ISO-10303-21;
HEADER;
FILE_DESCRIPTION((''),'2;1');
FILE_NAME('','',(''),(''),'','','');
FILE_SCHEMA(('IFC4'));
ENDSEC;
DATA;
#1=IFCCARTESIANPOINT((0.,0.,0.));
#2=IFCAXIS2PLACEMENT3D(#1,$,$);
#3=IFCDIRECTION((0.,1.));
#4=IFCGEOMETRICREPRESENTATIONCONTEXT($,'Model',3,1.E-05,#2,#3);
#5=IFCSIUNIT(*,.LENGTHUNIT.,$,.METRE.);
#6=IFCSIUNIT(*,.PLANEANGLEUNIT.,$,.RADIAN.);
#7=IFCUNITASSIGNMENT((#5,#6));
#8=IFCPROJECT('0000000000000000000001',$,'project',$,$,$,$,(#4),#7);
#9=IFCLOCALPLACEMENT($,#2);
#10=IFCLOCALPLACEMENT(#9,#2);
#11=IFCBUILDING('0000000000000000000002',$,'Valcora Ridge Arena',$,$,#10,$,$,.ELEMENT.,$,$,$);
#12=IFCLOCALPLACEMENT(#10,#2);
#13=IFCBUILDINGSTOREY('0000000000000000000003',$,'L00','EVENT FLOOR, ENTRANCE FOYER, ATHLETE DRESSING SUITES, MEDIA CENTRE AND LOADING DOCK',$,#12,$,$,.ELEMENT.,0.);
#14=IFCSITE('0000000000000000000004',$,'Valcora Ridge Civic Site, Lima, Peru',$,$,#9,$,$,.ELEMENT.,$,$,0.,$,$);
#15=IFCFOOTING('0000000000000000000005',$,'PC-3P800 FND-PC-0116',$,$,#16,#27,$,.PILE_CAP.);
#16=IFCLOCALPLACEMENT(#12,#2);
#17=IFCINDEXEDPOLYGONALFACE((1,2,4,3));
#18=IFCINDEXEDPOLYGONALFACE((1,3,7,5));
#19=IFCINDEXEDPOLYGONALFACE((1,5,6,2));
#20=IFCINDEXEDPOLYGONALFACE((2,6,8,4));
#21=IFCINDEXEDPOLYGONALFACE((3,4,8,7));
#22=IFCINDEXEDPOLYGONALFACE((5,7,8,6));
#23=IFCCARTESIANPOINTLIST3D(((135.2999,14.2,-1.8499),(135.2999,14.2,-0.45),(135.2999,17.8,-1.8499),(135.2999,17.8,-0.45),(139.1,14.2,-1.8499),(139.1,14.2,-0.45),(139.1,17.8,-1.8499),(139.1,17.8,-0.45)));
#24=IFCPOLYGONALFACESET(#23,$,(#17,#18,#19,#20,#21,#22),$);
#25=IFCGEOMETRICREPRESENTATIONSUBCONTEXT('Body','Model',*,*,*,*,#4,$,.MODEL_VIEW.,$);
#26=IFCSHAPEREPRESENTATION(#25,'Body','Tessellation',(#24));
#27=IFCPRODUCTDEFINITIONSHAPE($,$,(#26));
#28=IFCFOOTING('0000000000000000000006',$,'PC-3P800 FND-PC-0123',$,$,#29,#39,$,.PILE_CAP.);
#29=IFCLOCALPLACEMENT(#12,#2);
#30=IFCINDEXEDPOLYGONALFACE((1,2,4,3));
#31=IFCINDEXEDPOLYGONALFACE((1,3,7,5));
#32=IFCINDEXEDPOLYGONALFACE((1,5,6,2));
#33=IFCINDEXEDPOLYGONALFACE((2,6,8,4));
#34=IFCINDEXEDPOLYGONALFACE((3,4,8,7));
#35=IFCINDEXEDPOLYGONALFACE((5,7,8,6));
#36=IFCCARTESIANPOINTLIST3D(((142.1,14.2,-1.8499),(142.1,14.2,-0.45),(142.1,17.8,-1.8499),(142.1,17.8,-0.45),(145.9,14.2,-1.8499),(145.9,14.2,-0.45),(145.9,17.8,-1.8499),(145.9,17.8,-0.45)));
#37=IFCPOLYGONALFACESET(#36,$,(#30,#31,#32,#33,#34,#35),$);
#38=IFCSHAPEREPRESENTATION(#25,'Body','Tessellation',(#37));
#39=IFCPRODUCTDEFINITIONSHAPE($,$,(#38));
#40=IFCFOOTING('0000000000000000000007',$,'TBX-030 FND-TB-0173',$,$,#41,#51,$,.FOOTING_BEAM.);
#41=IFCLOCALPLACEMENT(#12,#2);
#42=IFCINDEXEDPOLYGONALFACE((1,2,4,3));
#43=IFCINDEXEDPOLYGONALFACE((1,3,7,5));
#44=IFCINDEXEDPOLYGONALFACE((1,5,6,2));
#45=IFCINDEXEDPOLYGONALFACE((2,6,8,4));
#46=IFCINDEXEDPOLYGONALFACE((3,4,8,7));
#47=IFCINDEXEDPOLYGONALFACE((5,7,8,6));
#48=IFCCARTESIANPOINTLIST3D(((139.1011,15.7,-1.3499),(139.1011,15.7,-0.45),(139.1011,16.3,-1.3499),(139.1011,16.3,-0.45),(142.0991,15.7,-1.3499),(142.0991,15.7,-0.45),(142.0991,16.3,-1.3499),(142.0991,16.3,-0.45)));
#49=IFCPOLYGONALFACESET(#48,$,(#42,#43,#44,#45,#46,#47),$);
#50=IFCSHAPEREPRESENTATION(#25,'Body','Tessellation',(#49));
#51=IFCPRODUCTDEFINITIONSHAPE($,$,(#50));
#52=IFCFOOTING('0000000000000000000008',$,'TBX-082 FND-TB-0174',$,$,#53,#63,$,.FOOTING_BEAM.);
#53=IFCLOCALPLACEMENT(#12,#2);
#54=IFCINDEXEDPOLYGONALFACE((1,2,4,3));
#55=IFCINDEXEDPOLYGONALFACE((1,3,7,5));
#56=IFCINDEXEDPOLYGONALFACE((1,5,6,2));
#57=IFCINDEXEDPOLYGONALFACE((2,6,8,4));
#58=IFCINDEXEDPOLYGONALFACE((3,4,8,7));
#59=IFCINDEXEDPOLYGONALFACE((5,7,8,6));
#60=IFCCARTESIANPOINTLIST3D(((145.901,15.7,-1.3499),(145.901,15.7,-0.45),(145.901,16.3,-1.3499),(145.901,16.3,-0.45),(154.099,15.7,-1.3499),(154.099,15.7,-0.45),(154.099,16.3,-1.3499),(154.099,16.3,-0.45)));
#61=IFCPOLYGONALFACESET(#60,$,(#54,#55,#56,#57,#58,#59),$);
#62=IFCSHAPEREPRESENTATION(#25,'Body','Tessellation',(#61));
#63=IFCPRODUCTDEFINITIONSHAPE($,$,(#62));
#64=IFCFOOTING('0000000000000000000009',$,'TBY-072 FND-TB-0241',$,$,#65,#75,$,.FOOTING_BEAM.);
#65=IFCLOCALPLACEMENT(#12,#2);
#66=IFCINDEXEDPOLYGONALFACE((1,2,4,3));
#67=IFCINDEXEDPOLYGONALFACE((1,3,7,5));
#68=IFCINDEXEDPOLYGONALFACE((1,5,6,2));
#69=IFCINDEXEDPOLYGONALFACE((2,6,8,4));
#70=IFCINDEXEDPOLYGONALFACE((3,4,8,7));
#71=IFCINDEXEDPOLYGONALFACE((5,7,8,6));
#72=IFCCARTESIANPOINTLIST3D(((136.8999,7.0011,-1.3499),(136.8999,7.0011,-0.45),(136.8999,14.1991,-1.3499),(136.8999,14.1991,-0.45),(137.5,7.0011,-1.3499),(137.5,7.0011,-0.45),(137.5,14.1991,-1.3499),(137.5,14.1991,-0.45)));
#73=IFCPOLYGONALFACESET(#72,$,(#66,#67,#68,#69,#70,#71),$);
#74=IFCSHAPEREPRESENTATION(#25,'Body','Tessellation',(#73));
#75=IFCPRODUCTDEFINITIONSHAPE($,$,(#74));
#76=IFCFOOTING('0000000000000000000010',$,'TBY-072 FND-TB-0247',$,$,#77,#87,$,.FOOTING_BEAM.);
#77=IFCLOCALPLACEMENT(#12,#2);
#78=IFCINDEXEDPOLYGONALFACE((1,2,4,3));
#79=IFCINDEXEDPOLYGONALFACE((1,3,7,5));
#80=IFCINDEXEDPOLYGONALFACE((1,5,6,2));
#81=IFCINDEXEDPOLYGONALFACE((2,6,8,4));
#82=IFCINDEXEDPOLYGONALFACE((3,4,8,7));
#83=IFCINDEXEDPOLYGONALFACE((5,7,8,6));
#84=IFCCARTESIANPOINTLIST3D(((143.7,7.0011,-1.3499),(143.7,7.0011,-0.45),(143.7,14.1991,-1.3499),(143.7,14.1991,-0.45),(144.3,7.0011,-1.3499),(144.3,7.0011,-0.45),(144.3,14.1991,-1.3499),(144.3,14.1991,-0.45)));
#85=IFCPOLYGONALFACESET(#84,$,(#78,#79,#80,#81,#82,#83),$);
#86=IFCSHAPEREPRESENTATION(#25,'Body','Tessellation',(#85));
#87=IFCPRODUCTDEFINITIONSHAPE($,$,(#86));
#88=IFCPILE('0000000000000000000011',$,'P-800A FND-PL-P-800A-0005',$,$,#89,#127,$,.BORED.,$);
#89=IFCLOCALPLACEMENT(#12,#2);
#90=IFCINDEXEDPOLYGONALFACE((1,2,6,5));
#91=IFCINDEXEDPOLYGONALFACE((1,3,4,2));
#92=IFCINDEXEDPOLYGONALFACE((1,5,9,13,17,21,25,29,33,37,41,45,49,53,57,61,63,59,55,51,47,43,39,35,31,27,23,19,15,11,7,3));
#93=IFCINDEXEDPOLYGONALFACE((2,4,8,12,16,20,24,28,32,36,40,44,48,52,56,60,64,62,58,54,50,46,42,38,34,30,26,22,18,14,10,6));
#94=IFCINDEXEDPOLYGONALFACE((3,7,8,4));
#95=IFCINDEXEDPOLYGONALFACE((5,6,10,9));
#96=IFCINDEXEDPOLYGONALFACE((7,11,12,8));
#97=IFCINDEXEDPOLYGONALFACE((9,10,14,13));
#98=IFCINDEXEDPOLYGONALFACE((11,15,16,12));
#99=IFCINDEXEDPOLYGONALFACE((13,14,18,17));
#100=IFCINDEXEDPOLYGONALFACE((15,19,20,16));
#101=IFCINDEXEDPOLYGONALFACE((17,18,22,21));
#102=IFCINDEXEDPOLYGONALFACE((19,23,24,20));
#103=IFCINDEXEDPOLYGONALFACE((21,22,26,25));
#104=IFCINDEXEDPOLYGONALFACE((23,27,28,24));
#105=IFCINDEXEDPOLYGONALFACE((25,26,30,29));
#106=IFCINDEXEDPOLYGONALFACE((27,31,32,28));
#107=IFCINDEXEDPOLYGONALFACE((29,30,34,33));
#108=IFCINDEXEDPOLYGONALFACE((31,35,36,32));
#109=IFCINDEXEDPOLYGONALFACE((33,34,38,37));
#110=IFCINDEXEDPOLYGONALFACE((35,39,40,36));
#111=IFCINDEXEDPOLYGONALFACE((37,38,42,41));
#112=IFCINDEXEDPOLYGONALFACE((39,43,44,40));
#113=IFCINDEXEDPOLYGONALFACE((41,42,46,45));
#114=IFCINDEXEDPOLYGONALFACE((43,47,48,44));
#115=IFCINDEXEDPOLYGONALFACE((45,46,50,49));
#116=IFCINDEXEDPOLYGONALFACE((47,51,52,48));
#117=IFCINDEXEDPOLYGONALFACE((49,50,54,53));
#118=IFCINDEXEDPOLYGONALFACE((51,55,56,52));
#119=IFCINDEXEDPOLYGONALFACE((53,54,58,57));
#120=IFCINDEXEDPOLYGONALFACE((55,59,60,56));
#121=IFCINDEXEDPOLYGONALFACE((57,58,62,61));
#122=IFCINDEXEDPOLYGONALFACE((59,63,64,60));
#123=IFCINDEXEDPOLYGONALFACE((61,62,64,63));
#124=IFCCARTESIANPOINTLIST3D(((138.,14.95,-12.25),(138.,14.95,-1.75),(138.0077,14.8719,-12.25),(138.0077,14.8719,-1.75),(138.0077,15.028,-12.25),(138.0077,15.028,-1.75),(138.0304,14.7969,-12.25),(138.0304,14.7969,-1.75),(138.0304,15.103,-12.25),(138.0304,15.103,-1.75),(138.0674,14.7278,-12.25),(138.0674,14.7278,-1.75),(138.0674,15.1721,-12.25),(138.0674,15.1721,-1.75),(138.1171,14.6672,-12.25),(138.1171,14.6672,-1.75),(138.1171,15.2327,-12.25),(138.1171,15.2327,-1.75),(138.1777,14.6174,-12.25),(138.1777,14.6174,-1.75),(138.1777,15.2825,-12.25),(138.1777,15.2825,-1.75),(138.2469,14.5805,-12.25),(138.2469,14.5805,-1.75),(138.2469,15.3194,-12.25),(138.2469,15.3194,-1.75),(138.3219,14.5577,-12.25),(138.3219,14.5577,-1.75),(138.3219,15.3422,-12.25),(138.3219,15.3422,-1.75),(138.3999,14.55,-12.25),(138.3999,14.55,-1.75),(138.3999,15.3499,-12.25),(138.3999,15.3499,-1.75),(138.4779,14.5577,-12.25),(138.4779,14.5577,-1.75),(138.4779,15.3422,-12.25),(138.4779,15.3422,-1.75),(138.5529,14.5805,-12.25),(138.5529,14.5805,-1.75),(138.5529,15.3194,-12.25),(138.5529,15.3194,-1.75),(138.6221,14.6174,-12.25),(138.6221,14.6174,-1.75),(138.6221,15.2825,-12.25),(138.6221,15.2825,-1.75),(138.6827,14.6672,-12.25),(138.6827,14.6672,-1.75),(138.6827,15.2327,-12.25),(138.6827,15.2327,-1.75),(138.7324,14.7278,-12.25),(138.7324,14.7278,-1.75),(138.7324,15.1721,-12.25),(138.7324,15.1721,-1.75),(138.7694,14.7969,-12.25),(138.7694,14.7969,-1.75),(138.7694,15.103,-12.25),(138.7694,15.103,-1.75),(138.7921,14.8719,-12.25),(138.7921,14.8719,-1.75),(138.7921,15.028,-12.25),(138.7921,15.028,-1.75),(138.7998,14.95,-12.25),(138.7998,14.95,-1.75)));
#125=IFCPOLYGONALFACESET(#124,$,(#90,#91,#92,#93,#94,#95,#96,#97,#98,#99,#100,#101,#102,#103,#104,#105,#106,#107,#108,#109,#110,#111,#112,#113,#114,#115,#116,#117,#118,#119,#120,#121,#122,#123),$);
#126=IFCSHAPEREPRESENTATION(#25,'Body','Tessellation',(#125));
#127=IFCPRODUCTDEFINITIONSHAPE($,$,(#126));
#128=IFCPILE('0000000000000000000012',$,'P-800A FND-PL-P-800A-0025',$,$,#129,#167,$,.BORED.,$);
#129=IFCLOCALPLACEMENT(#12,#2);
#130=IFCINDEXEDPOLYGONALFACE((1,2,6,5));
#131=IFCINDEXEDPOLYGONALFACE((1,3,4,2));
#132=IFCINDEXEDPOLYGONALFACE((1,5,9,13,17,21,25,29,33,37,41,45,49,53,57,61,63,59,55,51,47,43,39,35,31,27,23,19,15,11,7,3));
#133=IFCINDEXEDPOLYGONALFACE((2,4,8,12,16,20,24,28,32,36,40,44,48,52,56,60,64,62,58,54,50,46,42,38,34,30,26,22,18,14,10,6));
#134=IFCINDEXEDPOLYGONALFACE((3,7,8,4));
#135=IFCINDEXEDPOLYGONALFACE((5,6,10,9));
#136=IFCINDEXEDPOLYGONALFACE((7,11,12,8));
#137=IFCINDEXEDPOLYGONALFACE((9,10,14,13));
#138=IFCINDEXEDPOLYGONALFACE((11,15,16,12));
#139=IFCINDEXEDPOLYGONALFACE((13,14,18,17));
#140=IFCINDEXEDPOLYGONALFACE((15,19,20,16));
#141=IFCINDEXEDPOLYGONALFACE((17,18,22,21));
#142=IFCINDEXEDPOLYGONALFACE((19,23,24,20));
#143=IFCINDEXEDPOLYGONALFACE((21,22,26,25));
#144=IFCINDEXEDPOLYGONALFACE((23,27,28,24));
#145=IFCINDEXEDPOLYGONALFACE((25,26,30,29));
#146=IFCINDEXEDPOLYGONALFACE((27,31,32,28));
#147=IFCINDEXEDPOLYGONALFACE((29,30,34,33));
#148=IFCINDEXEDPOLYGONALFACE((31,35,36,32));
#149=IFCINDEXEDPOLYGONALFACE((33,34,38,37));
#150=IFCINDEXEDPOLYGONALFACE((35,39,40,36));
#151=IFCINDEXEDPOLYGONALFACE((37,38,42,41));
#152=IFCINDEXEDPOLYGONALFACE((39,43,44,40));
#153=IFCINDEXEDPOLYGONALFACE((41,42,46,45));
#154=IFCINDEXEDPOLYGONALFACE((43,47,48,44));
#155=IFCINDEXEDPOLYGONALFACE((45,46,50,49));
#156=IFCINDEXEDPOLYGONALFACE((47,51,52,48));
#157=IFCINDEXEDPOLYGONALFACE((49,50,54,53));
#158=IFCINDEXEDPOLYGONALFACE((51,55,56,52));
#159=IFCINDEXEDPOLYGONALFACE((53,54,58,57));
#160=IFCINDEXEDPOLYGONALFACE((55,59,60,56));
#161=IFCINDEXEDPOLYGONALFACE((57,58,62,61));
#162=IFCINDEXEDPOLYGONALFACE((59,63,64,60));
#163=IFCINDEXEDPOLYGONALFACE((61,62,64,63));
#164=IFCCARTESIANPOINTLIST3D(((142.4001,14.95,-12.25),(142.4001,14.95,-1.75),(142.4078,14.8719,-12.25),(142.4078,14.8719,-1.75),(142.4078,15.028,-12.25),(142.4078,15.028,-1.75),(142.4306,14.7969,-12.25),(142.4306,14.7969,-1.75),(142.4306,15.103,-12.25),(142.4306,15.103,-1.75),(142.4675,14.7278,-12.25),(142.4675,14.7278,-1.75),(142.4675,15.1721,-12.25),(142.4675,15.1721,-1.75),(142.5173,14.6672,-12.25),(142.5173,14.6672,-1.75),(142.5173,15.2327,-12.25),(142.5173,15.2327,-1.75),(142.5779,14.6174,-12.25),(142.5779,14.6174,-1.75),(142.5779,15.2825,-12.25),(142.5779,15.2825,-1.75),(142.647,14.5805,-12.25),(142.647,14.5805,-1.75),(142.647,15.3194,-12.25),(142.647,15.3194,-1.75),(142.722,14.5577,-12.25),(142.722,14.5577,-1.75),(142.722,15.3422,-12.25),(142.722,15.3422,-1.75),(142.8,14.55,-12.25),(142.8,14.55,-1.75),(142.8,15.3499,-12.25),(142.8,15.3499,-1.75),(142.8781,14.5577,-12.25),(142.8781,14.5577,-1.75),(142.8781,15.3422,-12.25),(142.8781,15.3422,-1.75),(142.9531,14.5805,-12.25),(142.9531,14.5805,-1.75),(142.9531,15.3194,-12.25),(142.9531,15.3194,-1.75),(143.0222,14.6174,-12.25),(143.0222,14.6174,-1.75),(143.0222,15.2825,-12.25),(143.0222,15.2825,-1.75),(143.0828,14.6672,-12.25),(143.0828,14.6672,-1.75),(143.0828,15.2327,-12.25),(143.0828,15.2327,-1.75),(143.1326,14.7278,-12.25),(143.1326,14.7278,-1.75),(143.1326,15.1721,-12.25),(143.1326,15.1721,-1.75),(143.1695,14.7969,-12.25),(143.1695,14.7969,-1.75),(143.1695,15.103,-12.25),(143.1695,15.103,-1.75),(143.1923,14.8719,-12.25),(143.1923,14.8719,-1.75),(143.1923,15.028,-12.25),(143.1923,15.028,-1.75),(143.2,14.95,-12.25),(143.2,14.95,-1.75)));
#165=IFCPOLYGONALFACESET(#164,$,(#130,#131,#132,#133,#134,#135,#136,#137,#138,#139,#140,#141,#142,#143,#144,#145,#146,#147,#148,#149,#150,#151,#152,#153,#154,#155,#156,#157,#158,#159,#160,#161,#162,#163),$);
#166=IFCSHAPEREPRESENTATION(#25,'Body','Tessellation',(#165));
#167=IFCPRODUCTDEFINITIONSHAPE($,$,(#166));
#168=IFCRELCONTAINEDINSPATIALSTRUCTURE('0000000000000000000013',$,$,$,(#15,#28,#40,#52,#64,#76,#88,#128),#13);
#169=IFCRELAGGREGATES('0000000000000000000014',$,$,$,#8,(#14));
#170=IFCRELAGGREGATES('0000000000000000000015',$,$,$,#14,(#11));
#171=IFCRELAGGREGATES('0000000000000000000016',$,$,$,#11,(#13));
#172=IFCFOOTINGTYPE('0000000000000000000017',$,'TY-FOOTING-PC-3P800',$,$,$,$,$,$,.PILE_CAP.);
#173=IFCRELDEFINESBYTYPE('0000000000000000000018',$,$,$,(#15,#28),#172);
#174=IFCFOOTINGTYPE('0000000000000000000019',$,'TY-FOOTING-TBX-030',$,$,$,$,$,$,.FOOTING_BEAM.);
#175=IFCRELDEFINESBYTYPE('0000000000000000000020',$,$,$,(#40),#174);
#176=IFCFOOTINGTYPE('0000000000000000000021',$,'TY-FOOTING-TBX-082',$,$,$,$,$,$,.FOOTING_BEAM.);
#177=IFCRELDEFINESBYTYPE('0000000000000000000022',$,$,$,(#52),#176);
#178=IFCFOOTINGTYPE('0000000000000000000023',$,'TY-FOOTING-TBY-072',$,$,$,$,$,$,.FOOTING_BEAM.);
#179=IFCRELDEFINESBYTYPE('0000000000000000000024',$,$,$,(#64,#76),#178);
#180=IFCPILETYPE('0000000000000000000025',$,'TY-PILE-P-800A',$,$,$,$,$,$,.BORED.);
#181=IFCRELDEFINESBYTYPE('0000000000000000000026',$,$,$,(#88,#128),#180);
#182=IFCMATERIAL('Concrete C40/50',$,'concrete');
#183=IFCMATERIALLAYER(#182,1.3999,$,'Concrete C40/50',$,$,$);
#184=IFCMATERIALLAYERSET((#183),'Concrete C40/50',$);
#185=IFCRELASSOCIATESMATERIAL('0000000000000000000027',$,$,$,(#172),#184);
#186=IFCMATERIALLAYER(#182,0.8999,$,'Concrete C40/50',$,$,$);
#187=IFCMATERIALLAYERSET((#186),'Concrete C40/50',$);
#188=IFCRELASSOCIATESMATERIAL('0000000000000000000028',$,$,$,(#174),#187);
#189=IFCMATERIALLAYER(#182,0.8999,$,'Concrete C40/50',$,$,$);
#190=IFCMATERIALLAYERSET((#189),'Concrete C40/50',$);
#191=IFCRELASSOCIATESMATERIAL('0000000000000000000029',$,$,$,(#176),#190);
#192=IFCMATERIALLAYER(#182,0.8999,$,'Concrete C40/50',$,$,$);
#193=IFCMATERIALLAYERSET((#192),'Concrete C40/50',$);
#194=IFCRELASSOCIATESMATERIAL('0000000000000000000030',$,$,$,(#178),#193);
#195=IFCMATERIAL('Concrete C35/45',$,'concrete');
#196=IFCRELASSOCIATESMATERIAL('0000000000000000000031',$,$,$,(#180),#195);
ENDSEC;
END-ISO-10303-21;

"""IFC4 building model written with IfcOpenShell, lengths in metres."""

from ifc_helpers import new_model, si_unit, direction, frame, origin, origin_2d, place, context, subcontext, project, spatial, rectangle, circle, extrude, material, layer, layer_set, material_profile, profile_set, type_object, element, save


model = new_model("IFC4")

# Units and contexts
model_context = context("Model", 3, precision=1e-05, world=origin(), true_north=direction((0.0, 1.0)))
body_context = subcontext(model_context, "Body", "Model", "MODEL_VIEW")
ifc_project = project(units=[si_unit("LENGTHUNIT", "METRE"), si_unit("PLANEANGLEUNIT", "RADIAN")], contexts=[model_context])

# Site, building, storey
site_placement = place(None, origin())
site = spatial("IfcSite", under=ifc_project, at=site_placement, Name="Valcora Ridge Civic Site, Lima, Peru", CompositionType="ELEMENT", RefElevation=0.0)
building_placement = place(site_placement, origin())
building = spatial("IfcBuilding", under=site, at=building_placement, Name="Valcora Ridge Arena", CompositionType="ELEMENT")
storey_placement = place(building_placement, origin())
storey = spatial("IfcBuildingStorey", under=building, at=storey_placement, Name="L00", Description="EVENT FLOOR, ENTRANCE FOYER, ATHLETE DRESSING SUITES, MEDIA CENTRE AND LOADING DOCK", CompositionType="ELEMENT", Elevation=0.0)

# Footings
ifc_material_1 = material(Name="Concrete C40/50", Category="concrete")
ifc_layer_1 = layer(ifc_material_1, 1.3999, Name="Concrete C40/50")
ifc_layer_set_1 = layer_set([ifc_layer_1], Name="Concrete C40/50")
footing_type_1 = type_object("IfcFootingType", Name="TY-FOOTING-PC-3P800", PredefinedType="PILE_CAP", material=ifc_layer_set_1)
for number, where, z_axis, x_axis, name in (
    (1, (137.2, 16.0, -1.8499), (0.0, 0.0, 1.0), (1.0, 0.0, 0.0), "PC-3P800 FND-PC-0116"),
    (2, (144.0, 16.0, -1.8499), (0.0, 0.0, 1.0), (1.0, 0.0, 0.0), "PC-3P800 FND-PC-0123"),
):
    element("IfcFooting", number, at=place(storey_placement, frame(where, z_axis=z_axis, x_axis=x_axis)), inside=storey, type_object=footing_type_1, Name=name, PredefinedType="PILE_CAP", context=body_context, shape_type="SweptSolid", body=[
        extrude(rectangle(XDim=3.8, YDim=3.6001, at=origin_2d()), origin(), (0.0, 0.0, 1.0), 1.3999),
    ])
ifc_layer_2 = layer(ifc_material_1, 0.8999, Name="Concrete C40/50")
ifc_layer_set_2 = layer_set([ifc_layer_2], Name="Concrete C40/50")
footing_type_2 = type_object("IfcFootingType", Name="TY-FOOTING-TBX-030", PredefinedType="FOOTING_BEAM", material=ifc_layer_set_2)
footing_1_placement = place(storey_placement, frame((140.6001, 16.0, -1.3499), z_axis=(0.0, 0.0, 1.0), x_axis=(1.0, 0.0, 0.0)))
element("IfcFooting", 3, at=footing_1_placement, inside=storey, type_object=footing_type_2, Name="TBX-030 FND-TB-0173", PredefinedType="FOOTING_BEAM", context=body_context, shape_type="SweptSolid", body=[
    extrude(rectangle(XDim=2.998, YDim=0.6001, at=origin_2d()), origin(), (0.0, 0.0, 1.0), 0.8999),
])
ifc_layer_3 = layer(ifc_material_1, 0.8999, Name="Concrete C40/50")
ifc_layer_set_3 = layer_set([ifc_layer_3], Name="Concrete C40/50")
footing_type_3 = type_object("IfcFootingType", Name="TY-FOOTING-TBX-082", PredefinedType="FOOTING_BEAM", material=ifc_layer_set_3)
footing_2_placement = place(storey_placement, frame((150.0, 16.0, -1.3499), z_axis=(0.0, 0.0, 1.0), x_axis=(1.0, 0.0, 0.0)))
element("IfcFooting", 4, at=footing_2_placement, inside=storey, type_object=footing_type_3, Name="TBX-082 FND-TB-0174", PredefinedType="FOOTING_BEAM", context=body_context, shape_type="SweptSolid", body=[
    extrude(rectangle(XDim=8.198, YDim=0.6001, at=origin_2d()), origin(), (0.0, 0.0, 1.0), 0.8999),
])
ifc_layer_4 = layer(ifc_material_1, 0.8999, Name="Concrete C40/50")
ifc_layer_set_4 = layer_set([ifc_layer_4], Name="Concrete C40/50")
footing_type_4 = type_object("IfcFootingType", Name="TY-FOOTING-TBY-072", PredefinedType="FOOTING_BEAM", material=ifc_layer_set_4)
for number, where, z_axis, x_axis, name in (
    (5, (137.2, 10.6001, -1.3499), (0.0, 0.0, 1.0), (1.0, 0.0, 0.0), "TBY-072 FND-TB-0241"),
    (6, (144.0, 10.6001, -1.3499), (0.0, 0.0, 1.0), (1.0, 0.0, 0.0), "TBY-072 FND-TB-0247"),
):
    element("IfcFooting", number, at=place(storey_placement, frame(where, z_axis=z_axis, x_axis=x_axis)), inside=storey, type_object=footing_type_4, Name=name, PredefinedType="FOOTING_BEAM", context=body_context, shape_type="SweptSolid", body=[
        extrude(rectangle(XDim=0.6001, YDim=7.198, at=origin_2d()), origin(), (0.0, 0.0, 1.0), 0.8999),
    ])

# Piles
ifc_material_2 = material(Name="Concrete C35/45", Category="concrete")
ifc_material_profile_1 = material_profile(ifc_material_2, circle(Radius=0.3999, at=origin_2d()), Name="BORED PILE D800")
ifc_profile_set_1 = profile_set([ifc_material_profile_1], Name="Concrete C35/45")
pile_type = type_object("IfcPileType", Name="TY-PILE-P-800A", PredefinedType="BORED", material=ifc_profile_set_1)
for number, where, z_axis, x_axis, name in (
    (7, (138.3999, 14.95, -1.75), (0.0, 0.0, -1.0), (1.0, 0.0, 0.0), "P-800A FND-PL-P-800A-0005"),
    (8, (142.8, 14.95, -1.75), (0.0, 0.0, -1.0), (1.0, 0.0, 0.0), "P-800A FND-PL-P-800A-0025"),
):
    element("IfcPile", number, at=place(storey_placement, frame(where, z_axis=z_axis, x_axis=x_axis)), inside=storey, type_object=pile_type, Name=name, PredefinedType="BORED", context=body_context, shape_type="SweptSolid", body=[
        extrude(circle(Radius=0.3999, at=origin_2d()), origin(), (0.0, 0.0, 1.0), 10.5),
    ])

save(model, "model.ifc")
